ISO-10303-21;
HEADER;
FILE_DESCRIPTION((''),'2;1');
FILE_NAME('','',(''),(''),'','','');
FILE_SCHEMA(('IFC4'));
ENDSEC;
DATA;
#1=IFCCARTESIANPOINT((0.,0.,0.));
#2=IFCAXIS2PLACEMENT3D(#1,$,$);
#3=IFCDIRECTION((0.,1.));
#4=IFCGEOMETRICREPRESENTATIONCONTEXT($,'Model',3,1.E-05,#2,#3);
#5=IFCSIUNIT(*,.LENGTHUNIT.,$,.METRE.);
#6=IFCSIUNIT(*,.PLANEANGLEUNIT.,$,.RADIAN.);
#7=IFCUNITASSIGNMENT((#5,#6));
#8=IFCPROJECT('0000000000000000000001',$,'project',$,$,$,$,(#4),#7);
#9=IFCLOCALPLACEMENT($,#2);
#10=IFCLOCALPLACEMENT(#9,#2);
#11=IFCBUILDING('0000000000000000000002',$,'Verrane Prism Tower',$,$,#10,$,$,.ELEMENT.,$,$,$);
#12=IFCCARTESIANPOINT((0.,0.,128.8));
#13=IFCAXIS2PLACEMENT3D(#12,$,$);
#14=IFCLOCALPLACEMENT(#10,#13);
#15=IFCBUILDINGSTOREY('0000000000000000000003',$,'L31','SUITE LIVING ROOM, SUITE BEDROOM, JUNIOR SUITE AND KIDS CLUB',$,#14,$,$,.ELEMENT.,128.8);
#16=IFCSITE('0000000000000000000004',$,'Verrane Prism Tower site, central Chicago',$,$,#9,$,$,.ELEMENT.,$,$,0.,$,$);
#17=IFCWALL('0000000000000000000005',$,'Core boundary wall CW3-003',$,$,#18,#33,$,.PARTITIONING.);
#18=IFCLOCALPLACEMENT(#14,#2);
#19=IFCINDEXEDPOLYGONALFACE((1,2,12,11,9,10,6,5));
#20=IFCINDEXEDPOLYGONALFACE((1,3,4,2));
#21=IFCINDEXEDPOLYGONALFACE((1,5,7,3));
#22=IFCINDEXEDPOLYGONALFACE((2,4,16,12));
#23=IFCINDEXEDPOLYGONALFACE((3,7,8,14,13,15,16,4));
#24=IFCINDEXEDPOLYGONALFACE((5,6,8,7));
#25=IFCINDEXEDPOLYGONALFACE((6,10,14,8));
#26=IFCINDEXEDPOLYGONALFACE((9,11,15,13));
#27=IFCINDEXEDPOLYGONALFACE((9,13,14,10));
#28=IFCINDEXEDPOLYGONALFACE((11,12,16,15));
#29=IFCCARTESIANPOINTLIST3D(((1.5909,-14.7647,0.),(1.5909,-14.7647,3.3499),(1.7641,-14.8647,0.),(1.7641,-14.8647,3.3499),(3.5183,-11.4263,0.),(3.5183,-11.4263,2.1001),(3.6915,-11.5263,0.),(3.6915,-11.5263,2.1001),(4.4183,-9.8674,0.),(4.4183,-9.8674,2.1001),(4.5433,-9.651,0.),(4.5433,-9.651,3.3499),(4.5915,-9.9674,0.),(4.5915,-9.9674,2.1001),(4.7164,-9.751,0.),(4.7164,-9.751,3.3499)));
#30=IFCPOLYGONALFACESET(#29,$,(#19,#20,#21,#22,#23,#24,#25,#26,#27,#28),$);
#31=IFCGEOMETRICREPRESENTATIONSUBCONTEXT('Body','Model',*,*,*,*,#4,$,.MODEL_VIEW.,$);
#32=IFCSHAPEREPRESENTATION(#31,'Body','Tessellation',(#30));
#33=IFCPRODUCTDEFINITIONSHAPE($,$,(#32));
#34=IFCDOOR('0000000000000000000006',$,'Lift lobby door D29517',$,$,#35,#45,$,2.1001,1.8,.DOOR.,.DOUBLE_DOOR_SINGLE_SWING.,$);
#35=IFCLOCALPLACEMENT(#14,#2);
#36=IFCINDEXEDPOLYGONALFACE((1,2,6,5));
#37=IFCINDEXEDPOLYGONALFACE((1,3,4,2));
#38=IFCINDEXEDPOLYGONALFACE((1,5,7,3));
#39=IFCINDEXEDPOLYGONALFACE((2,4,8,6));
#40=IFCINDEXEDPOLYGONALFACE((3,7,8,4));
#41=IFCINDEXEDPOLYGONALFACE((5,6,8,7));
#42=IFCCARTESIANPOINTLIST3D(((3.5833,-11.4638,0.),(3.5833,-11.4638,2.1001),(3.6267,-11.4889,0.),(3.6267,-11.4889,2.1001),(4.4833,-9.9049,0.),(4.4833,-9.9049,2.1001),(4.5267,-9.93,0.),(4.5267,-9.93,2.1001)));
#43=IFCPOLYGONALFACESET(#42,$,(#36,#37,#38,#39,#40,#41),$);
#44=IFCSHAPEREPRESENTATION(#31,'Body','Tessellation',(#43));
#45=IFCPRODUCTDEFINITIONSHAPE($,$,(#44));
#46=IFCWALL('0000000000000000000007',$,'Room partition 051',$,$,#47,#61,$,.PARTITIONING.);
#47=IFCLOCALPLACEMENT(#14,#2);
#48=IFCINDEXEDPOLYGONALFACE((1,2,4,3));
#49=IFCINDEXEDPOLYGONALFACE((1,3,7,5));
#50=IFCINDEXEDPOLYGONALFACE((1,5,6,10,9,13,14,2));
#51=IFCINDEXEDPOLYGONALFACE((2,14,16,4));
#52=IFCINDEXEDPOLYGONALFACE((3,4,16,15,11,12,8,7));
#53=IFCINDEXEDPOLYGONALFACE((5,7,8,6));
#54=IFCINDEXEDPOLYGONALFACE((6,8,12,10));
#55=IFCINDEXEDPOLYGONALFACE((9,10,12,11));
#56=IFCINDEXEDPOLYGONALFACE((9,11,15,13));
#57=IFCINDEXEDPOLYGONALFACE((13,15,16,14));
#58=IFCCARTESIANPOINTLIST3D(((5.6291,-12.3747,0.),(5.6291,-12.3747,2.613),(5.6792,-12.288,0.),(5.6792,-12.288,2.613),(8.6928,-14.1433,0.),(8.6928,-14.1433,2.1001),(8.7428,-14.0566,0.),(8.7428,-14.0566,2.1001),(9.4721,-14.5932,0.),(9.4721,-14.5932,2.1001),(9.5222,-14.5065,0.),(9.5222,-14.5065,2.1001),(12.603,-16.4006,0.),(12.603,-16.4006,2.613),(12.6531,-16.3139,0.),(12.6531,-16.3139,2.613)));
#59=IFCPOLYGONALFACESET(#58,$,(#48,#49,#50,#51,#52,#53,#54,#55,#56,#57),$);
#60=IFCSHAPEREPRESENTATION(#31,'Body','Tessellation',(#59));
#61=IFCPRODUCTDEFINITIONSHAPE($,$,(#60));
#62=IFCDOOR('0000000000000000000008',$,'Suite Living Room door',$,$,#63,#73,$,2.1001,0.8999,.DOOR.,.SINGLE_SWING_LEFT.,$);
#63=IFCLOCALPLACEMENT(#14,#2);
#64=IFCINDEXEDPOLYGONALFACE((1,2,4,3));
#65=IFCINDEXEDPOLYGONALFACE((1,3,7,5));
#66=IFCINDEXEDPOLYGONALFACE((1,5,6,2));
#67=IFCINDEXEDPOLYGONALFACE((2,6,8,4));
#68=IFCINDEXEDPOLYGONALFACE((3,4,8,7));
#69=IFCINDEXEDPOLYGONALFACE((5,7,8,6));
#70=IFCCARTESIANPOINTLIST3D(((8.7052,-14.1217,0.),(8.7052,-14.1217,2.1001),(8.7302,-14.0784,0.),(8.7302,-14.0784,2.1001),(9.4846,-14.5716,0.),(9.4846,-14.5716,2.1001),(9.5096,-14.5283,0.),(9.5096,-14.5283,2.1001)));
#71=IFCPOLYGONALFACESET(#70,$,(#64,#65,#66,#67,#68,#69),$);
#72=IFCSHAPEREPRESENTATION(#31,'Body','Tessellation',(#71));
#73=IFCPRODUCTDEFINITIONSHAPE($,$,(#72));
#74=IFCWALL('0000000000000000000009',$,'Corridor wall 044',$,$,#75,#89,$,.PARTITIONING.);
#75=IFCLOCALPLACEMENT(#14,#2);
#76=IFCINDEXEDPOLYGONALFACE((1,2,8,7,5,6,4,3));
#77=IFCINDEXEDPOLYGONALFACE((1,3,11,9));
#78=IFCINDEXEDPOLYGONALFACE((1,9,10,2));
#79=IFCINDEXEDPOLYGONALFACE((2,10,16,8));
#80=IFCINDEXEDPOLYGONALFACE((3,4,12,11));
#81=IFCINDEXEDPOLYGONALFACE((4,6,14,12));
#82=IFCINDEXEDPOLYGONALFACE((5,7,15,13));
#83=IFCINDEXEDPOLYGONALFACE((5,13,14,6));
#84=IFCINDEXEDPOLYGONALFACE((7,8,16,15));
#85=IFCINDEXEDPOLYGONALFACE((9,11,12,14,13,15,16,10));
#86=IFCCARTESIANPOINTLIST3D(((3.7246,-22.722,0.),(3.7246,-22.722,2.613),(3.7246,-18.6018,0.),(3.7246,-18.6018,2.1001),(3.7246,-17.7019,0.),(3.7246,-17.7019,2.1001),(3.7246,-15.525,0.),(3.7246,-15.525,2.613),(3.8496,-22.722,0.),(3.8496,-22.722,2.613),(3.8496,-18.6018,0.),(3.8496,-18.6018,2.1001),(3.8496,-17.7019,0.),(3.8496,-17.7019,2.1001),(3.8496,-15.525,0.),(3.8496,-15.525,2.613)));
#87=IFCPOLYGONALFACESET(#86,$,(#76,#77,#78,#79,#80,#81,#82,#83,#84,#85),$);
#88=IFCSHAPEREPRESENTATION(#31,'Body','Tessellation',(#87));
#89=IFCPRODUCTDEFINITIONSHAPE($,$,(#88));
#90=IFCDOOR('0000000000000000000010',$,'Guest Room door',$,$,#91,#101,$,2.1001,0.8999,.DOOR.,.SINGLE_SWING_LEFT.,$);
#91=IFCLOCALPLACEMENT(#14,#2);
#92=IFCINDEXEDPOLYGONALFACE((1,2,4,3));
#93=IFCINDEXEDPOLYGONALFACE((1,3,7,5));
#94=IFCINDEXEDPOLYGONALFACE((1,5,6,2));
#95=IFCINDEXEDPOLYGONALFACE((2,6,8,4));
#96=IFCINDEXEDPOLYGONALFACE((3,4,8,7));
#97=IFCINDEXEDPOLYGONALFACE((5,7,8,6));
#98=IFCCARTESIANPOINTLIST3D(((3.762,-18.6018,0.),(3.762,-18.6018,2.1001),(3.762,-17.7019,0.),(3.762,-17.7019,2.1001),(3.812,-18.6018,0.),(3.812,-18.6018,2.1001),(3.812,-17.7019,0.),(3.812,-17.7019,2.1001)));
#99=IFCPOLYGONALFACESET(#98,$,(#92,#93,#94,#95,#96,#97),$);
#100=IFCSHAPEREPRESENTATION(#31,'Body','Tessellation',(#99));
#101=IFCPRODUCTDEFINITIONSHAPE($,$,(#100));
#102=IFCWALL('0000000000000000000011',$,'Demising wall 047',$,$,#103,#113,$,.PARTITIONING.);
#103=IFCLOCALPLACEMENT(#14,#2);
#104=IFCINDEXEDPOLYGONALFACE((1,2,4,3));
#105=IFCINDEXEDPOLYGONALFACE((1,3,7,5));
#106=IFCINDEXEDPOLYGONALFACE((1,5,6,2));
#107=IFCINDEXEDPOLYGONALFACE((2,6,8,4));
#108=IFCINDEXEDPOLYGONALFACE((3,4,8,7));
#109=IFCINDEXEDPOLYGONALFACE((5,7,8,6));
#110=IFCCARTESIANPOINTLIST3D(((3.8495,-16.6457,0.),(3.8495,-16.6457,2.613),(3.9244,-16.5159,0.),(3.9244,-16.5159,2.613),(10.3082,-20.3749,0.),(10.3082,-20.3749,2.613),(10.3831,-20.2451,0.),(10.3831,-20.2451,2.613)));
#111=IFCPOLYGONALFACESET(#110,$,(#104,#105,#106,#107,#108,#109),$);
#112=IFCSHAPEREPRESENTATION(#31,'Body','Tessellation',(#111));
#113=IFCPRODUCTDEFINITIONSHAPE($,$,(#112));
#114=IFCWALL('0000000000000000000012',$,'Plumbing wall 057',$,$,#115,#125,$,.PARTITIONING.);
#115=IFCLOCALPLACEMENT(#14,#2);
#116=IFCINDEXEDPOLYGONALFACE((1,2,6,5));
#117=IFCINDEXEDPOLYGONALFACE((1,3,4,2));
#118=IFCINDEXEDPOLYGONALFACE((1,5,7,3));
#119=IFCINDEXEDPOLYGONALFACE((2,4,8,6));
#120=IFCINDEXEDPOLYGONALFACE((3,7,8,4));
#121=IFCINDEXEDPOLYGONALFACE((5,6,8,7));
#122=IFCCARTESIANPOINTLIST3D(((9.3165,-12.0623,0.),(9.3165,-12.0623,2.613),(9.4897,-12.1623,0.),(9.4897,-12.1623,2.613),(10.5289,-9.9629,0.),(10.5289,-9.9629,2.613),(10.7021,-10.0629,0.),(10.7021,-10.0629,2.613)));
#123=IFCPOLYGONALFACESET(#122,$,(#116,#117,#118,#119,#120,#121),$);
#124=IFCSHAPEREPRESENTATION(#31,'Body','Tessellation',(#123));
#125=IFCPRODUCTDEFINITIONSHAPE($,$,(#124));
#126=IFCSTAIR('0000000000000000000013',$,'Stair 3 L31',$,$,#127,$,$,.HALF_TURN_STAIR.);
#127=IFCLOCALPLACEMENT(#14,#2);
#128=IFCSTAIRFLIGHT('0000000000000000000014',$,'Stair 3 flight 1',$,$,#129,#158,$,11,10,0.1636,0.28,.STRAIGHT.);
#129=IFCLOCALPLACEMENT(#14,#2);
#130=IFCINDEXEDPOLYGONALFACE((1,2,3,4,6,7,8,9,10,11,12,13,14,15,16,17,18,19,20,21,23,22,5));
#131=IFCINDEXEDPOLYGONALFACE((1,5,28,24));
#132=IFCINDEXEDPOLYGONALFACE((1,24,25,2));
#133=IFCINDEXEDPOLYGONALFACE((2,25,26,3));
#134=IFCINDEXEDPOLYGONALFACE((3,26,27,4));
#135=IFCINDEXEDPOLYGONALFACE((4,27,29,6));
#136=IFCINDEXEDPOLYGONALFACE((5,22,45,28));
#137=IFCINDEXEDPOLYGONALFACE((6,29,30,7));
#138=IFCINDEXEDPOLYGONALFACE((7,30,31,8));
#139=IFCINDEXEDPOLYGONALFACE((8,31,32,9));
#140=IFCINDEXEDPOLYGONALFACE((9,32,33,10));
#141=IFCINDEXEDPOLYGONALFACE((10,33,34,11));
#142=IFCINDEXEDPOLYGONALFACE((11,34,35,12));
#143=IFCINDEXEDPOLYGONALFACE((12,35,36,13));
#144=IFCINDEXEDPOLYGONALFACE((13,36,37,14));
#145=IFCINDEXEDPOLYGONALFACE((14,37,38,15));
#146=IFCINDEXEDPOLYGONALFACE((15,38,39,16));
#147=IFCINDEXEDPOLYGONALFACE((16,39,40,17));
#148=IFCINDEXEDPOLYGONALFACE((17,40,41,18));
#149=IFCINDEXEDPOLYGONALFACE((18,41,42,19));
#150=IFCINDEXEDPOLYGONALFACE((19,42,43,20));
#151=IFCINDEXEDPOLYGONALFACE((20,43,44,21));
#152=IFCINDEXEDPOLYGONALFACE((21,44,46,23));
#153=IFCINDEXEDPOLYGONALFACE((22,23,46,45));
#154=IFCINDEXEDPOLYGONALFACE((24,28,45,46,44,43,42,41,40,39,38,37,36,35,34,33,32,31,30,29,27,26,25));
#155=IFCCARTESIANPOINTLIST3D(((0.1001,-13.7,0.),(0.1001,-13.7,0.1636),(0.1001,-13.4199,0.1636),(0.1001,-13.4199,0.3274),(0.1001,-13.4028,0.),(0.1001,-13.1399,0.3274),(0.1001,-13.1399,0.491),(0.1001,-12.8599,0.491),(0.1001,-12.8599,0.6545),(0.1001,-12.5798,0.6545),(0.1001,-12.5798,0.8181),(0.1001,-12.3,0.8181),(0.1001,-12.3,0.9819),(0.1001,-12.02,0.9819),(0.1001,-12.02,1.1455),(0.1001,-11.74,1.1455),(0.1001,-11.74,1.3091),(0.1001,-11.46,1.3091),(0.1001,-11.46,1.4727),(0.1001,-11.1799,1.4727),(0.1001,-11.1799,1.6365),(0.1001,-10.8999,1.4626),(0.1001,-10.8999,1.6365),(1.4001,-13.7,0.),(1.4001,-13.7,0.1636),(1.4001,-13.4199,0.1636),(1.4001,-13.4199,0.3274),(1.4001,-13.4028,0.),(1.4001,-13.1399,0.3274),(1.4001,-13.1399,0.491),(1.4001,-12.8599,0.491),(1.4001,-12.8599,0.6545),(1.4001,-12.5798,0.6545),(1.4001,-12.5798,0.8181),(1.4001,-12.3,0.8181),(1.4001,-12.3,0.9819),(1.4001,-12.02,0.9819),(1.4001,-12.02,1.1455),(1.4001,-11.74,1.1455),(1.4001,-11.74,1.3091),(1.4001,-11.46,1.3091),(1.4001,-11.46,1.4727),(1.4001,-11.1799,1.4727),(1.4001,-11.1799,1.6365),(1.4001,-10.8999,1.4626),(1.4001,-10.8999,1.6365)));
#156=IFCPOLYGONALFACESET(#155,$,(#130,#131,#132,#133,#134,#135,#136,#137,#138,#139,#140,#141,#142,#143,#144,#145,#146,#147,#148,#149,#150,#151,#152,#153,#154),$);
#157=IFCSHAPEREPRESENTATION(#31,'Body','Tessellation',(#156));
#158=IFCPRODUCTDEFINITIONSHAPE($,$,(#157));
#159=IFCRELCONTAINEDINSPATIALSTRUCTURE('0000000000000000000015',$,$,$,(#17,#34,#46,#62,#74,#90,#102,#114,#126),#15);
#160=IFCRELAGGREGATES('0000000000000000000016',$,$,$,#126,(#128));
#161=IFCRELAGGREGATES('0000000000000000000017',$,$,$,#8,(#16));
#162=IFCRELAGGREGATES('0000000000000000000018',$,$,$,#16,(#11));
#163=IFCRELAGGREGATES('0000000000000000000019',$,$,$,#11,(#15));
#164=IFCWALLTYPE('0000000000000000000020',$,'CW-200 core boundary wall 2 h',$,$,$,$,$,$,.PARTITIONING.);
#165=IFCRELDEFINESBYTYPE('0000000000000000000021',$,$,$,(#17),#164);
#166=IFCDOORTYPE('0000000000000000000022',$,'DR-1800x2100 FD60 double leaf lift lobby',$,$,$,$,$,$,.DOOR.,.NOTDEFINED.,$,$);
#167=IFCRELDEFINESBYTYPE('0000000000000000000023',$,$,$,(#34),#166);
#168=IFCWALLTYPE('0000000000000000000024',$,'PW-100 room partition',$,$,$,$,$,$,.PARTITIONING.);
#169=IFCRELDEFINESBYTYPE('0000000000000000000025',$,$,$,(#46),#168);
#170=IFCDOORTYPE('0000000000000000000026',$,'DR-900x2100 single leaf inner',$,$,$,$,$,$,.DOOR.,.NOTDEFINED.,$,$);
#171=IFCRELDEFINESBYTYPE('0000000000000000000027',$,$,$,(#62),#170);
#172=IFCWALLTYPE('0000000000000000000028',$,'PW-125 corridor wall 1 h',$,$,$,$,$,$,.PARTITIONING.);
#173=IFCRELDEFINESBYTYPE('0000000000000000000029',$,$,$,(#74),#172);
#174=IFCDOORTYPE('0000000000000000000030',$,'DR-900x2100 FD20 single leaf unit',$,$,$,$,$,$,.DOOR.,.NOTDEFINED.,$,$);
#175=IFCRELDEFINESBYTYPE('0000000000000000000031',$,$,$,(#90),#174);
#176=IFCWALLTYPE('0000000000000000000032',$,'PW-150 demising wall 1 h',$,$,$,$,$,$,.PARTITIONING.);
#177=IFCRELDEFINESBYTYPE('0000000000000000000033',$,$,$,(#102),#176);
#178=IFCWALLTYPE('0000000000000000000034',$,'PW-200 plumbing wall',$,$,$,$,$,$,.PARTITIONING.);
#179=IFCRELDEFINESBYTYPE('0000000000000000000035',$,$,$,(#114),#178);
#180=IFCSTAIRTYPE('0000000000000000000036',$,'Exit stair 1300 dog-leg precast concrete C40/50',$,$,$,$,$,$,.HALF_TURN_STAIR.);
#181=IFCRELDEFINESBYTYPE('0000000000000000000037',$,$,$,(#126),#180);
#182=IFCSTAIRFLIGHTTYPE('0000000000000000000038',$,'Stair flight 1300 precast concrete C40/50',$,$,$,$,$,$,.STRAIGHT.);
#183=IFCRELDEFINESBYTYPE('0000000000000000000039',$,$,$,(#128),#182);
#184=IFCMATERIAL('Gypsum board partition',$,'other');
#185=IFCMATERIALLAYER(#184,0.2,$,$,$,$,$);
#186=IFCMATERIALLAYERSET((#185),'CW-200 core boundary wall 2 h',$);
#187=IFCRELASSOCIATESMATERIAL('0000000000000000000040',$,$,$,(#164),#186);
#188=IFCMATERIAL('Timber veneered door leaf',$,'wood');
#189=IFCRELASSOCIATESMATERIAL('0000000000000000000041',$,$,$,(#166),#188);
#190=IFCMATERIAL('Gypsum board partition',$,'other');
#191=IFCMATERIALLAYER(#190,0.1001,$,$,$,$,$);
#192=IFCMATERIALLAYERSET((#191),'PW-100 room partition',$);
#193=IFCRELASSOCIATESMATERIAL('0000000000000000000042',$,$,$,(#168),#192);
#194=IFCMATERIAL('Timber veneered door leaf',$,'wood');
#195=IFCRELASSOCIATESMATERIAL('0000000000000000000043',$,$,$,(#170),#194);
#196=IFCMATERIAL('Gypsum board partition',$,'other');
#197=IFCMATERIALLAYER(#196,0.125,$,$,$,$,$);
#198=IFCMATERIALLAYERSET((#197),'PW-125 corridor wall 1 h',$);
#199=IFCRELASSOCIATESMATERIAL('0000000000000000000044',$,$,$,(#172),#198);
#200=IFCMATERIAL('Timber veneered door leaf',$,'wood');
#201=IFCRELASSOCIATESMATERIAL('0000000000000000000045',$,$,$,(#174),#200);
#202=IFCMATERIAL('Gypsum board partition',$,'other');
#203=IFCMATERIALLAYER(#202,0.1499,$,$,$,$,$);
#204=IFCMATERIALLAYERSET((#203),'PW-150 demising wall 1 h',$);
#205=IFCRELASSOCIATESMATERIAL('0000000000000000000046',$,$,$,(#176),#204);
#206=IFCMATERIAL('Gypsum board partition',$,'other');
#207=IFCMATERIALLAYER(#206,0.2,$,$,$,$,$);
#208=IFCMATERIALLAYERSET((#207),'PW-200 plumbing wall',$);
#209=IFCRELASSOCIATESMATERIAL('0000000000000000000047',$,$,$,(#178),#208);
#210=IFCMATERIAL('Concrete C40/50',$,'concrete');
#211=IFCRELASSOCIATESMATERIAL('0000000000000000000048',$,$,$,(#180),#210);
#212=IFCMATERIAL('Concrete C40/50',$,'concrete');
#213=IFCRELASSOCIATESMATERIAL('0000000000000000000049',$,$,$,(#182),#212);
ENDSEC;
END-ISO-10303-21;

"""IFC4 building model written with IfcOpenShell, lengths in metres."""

from ifc_helpers import new_model, si_unit, direction, frame, frame_2d, origin, place, context, subcontext, project, spatial, polyline, rectangle, outline, extrude, material, layer, layer_set, type_object, element, fill, aggregate, save


model = new_model("IFC4")

# Units and contexts
model_context = context("Model", 3, precision=1e-05, world=origin(), true_north=direction((0.0, 1.0)))
body_context = subcontext(model_context, "Body", "Model", "MODEL_VIEW")
ifc_project = project(units=[si_unit("LENGTHUNIT", "METRE"), si_unit("PLANEANGLEUNIT", "RADIAN")], contexts=[model_context])

# Site, building, storey
site_placement = place(None, origin())
site = spatial("IfcSite", under=ifc_project, at=site_placement, Name="Verrane Prism Tower site, central Chicago", CompositionType="ELEMENT", RefElevation=0.0)
building_placement = place(site_placement, origin())
building = spatial("IfcBuilding", under=site, at=building_placement, Name="Verrane Prism Tower", CompositionType="ELEMENT")
storey_placement = place(building_placement, frame((0.0, 0.0, 128.8)))
storey = spatial("IfcBuildingStorey", under=building, at=storey_placement, Name="L31", Description="SUITE LIVING ROOM, SUITE BEDROOM, JUNIOR SUITE AND KIDS CLUB", CompositionType="ELEMENT", Elevation=128.8)

# Walls, openings, doors
ifc_material_1 = material(Name="Gypsum board partition", Category="other")
ifc_layer_1 = layer(ifc_material_1, 0.2)
ifc_layer_set_1 = layer_set([ifc_layer_1], Name="CW-200 core boundary wall 2 h")
wall_type_1 = type_object("IfcWallType", Name="CW-200 core boundary wall 2 h", PredefinedType="PARTITIONING", material=ifc_layer_set_1)
wall_1_placement = place(storey_placement, frame((1.6775, -14.8147, 0.0), z_axis=(0.0, 0.0, 1.0), x_axis=(0.499994, 0.866029, 0.0)))
wall_1 = element("IfcWall", 1, at=wall_1_placement, inside=storey, type_object=wall_type_1, Name="Core boundary wall CW3-003", PredefinedType="PARTITIONING", context=body_context, shape_type="SweptSolid", body=[
    extrude(rectangle(XDim=5.9048, YDim=0.2, at=frame_2d((2.9524, 0.0))), origin(), (0.0, 0.0, 1.0), 3.3499),
])
opening_1_placement = place(wall_1_placement, frame((3.855, 0.0, 0.0)))
opening_1 = element("IfcOpeningElement", 2, at=opening_1_placement, cuts=wall_1, PredefinedType="OPENING", context=body_context, shape_type="SweptSolid", body=[
    extrude(rectangle(XDim=1.8, YDim=2.1001, at=frame_2d((0.8999, 1.05))), frame((0.0, 0.1099, 0.0), z_axis=(0.0, -1.0, 0.0), x_axis=(1.0, 0.0, 0.0)), (0.0, 0.0, 1.0), 0.22),
])
ifc_material_2 = material(Name="Timber veneered door leaf", Category="wood")
door_type_1 = type_object("IfcDoorType", Name="DR-1800x2100 FD60 double leaf lift lobby", OperationType="NOTDEFINED", PredefinedType="DOOR", material=ifc_material_2)
door_1_placement = place(opening_1_placement, origin())
door_1 = element("IfcDoor", 3, at=door_1_placement, inside=storey, type_object=door_type_1, Name="Lift lobby door D29517", OperationType="DOUBLE_DOOR_SINGLE_SWING", OverallHeight=2.1001, OverallWidth=1.8, PredefinedType="DOOR", context=body_context, shape_type="SweptSolid", body=[
    extrude(rectangle(XDim=1.8, YDim=2.1001, at=frame_2d((0.8999, 1.05))), frame((0.0, 0.0249, 0.0), z_axis=(0.0, -1.0, 0.0), x_axis=(1.0, 0.0, 0.0)), (0.0, 0.0, 1.0), 0.05),
])
fill(opening_1, door_1)
ifc_material_3 = material(Name="Gypsum board partition", Category="other")
ifc_layer_2 = layer(ifc_material_3, 0.1001)
ifc_layer_set_2 = layer_set([ifc_layer_2], Name="PW-100 room partition")
wall_type_2 = type_object("IfcWallType", Name="PW-100 room partition", PredefinedType="PARTITIONING", material=ifc_layer_set_2)
wall_2_placement = place(storey_placement, frame((5.6541, -12.3313, 0.0), z_axis=(0.0, 0.0, 1.0), x_axis=(0.866052, -0.499954, 0.0)))
wall_2 = element("IfcWall", 4, at=wall_2_placement, inside=storey, type_object=wall_type_2, Name="Room partition 051", PredefinedType="PARTITIONING", context=body_context, shape_type="SweptSolid", body=[
    extrude(rectangle(XDim=8.0525, YDim=0.1001, at=frame_2d((4.0264, 0.0))), origin(), (0.0, 0.0, 1.0), 2.613),
])
opening_2_placement = place(wall_2_placement, frame((3.5376, 0.0, 0.0)))
opening_2 = element("IfcOpeningElement", 5, at=opening_2_placement, cuts=wall_2, PredefinedType="OPENING", context=body_context, shape_type="SweptSolid", body=[
    extrude(rectangle(XDim=0.8999, YDim=2.1001, at=frame_2d((0.45, 1.05))), frame((0.0, 0.0601, 0.0), z_axis=(0.0, -1.0, 0.0), x_axis=(1.0, 0.0, 0.0)), (0.0, 0.0, 1.0), 0.1201),
])
ifc_material_4 = material(Name="Timber veneered door leaf", Category="wood")
door_type_2 = type_object("IfcDoorType", Name="DR-900x2100 single leaf inner", OperationType="NOTDEFINED", PredefinedType="DOOR", material=ifc_material_4)
door_2_placement = place(opening_2_placement, origin())
door_2 = element("IfcDoor", 6, at=door_2_placement, inside=storey, type_object=door_type_2, Name="Suite Living Room door", OperationType="SINGLE_SWING_LEFT", OverallHeight=2.1001, OverallWidth=0.8999, PredefinedType="DOOR", context=body_context, shape_type="SweptSolid", body=[
    extrude(rectangle(XDim=0.8999, YDim=2.1001, at=frame_2d((0.45, 1.05))), frame((0.0, 0.0249, 0.0), z_axis=(0.0, -1.0, 0.0), x_axis=(1.0, 0.0, 0.0)), (0.0, 0.0, 1.0), 0.05),
])
fill(opening_2, door_2)
ifc_material_5 = material(Name="Gypsum board partition", Category="other")
ifc_layer_3 = layer(ifc_material_5, 0.125)
ifc_layer_set_3 = layer_set([ifc_layer_3], Name="PW-125 corridor wall 1 h")
wall_type_3 = type_object("IfcWallType", Name="PW-125 corridor wall 1 h", PredefinedType="PARTITIONING", material=ifc_layer_set_3)
wall_3_placement = place(storey_placement, frame((3.7871, -15.5249, 0.0), z_axis=(0.0, 0.0, 1.0), x_axis=(0.0, -1.0, 0.0)))
wall_3 = element("IfcWall", 7, at=wall_3_placement, inside=storey, type_object=wall_type_3, Name="Corridor wall 044", PredefinedType="PARTITIONING", context=body_context, shape_type="SweptSolid", body=[
    extrude(rectangle(XDim=7.197, YDim=0.125, at=frame_2d((3.5986, 0.0))), origin(), (0.0, 0.0, 1.0), 2.613),
])
opening_3_placement = place(wall_3_placement, frame((2.177, 0.0, 0.0)))
opening_3 = element("IfcOpeningElement", 8, at=opening_3_placement, cuts=wall_3, PredefinedType="OPENING", context=body_context, shape_type="SweptSolid", body=[
    extrude(rectangle(XDim=0.8999, YDim=2.1001, at=frame_2d((0.45, 1.05))), frame((0.0, 0.0725, 0.0), z_axis=(0.0, -1.0, 0.0), x_axis=(1.0, 0.0, 0.0)), (0.0, 0.0, 1.0), 0.145),
])
ifc_material_6 = material(Name="Timber veneered door leaf", Category="wood")
door_type_3 = type_object("IfcDoorType", Name="DR-900x2100 FD20 single leaf unit", OperationType="NOTDEFINED", PredefinedType="DOOR", material=ifc_material_6)
door_3_placement = place(opening_3_placement, origin())
door_3 = element("IfcDoor", 9, at=door_3_placement, inside=storey, type_object=door_type_3, Name="Guest Room door", OperationType="SINGLE_SWING_LEFT", OverallHeight=2.1001, OverallWidth=0.8999, PredefinedType="DOOR", context=body_context, shape_type="SweptSolid", body=[
    extrude(rectangle(XDim=0.8999, YDim=2.1001, at=frame_2d((0.45, 1.05))), frame((0.0, 0.0249, 0.0), z_axis=(0.0, -1.0, 0.0), x_axis=(1.0, 0.0, 0.0)), (0.0, 0.0, 1.0), 0.05),
])
fill(opening_3, door_3)

# Walls
ifc_material_7 = material(Name="Gypsum board partition", Category="other")
ifc_layer_4 = layer(ifc_material_7, 0.1499)
ifc_layer_set_4 = layer_set([ifc_layer_4], Name="PW-150 demising wall 1 h")
wall_type_4 = type_object("IfcWallType", Name="PW-150 demising wall 1 h", PredefinedType="PARTITIONING", material=ifc_layer_set_4)
wall_4_placement = place(storey_placement, frame((3.887, -16.5808, 0.0), z_axis=(0.0, 0.0, 1.0), x_axis=(0.866008, -0.500029, 0.0)))
element("IfcWall", 10, at=wall_4_placement, inside=storey, type_object=wall_type_4, Name="Demising wall 047", PredefinedType="PARTITIONING", context=body_context, shape_type="SweptSolid", body=[
    extrude(rectangle(XDim=7.458, YDim=0.1499, at=frame_2d((3.729, 0.0))), origin(), (0.0, 0.0, 1.0), 2.613),
])
ifc_material_8 = material(Name="Gypsum board partition", Category="other")
ifc_layer_5 = layer(ifc_material_8, 0.2)
ifc_layer_set_5 = layer_set([ifc_layer_5], Name="PW-200 plumbing wall")
wall_type_5 = type_object("IfcWallType", Name="PW-200 plumbing wall", PredefinedType="PARTITIONING", material=ifc_layer_set_5)
wall_5_placement = place(storey_placement, frame((9.4031, -12.1123, 0.0), z_axis=(0.0, 0.0, 1.0), x_axis=(0.500103, 0.865966, 0.0)))
element("IfcWall", 11, at=wall_5_placement, inside=storey, type_object=wall_type_5, Name="Plumbing wall 057", PredefinedType="PARTITIONING", context=body_context, shape_type="SweptSolid", body=[
    extrude(rectangle(XDim=2.4243, YDim=0.2, at=frame_2d((1.2122, 0.0))), origin(), (0.0, 0.0, 1.0), 2.613),
])

# Stair, stair flight
ifc_material_9 = material(Name="Concrete C40/50", Category="concrete")
stair_type = type_object("IfcStairType", Name="Exit stair 1300 dog-leg precast concrete C40/50", PredefinedType="HALF_TURN_STAIR", material=ifc_material_9)
stair_placement = place(storey_placement, origin())
stair = element("IfcStair", 12, at=stair_placement, inside=storey, type_object=stair_type, Name="Stair 3 L31", PredefinedType="HALF_TURN_STAIR")
ifc_material_10 = material(Name="Concrete C40/50", Category="concrete")
stair_flight_type = type_object("IfcStairFlightType", Name="Stair flight 1300 precast concrete C40/50", PredefinedType="STRAIGHT", material=ifc_material_10)
stair_flight_placement = place(storey_placement, frame((0.75, -13.7, 0.0), z_axis=(0.0, 0.0, 1.0), x_axis=(0.0, 1.0, 0.0)))
stair_flight = element("IfcStairFlight", 13, at=stair_flight_placement, type_object=stair_flight_type, Name="Stair 3 flight 1", NumberOfRisers=11, NumberOfTreads=10, PredefinedType="STRAIGHT", RiserHeight=0.1636, TreadLength=0.28, context=body_context, shape_type="SweptSolid", body=[
    extrude(outline(polyline([(0.0, 0.0), (0.0, 0.1636), (0.28, 0.1636), (0.28, 0.3274), (0.5601, 0.3274), (0.5601, 0.491), (0.8401, 0.491), (0.8401, 0.6545), (1.1201, 0.6545), (1.1201, 0.8181), (1.3999, 0.8181), (1.3999, 0.9819), (1.6799, 0.9819), (1.6799, 1.1455), (1.96, 1.1455), (1.96, 1.3091), (2.24, 1.3091), (2.24, 1.4727), (2.52, 1.4727), (2.52, 1.6365), (2.8, 1.6365), (2.8, 1.8), (2.8, 1.4626), (0.2971, 0.0), (0.0, 0.0)])), frame((0.0, 0.6499, 0.0), z_axis=(0.0, -1.0, 0.0), x_axis=(1.0, 0.0, 0.0)), (0.0, 0.0, 1.0), 1.3),
])
aggregate(stair, [stair_flight])

save(model, "model.ifc")
